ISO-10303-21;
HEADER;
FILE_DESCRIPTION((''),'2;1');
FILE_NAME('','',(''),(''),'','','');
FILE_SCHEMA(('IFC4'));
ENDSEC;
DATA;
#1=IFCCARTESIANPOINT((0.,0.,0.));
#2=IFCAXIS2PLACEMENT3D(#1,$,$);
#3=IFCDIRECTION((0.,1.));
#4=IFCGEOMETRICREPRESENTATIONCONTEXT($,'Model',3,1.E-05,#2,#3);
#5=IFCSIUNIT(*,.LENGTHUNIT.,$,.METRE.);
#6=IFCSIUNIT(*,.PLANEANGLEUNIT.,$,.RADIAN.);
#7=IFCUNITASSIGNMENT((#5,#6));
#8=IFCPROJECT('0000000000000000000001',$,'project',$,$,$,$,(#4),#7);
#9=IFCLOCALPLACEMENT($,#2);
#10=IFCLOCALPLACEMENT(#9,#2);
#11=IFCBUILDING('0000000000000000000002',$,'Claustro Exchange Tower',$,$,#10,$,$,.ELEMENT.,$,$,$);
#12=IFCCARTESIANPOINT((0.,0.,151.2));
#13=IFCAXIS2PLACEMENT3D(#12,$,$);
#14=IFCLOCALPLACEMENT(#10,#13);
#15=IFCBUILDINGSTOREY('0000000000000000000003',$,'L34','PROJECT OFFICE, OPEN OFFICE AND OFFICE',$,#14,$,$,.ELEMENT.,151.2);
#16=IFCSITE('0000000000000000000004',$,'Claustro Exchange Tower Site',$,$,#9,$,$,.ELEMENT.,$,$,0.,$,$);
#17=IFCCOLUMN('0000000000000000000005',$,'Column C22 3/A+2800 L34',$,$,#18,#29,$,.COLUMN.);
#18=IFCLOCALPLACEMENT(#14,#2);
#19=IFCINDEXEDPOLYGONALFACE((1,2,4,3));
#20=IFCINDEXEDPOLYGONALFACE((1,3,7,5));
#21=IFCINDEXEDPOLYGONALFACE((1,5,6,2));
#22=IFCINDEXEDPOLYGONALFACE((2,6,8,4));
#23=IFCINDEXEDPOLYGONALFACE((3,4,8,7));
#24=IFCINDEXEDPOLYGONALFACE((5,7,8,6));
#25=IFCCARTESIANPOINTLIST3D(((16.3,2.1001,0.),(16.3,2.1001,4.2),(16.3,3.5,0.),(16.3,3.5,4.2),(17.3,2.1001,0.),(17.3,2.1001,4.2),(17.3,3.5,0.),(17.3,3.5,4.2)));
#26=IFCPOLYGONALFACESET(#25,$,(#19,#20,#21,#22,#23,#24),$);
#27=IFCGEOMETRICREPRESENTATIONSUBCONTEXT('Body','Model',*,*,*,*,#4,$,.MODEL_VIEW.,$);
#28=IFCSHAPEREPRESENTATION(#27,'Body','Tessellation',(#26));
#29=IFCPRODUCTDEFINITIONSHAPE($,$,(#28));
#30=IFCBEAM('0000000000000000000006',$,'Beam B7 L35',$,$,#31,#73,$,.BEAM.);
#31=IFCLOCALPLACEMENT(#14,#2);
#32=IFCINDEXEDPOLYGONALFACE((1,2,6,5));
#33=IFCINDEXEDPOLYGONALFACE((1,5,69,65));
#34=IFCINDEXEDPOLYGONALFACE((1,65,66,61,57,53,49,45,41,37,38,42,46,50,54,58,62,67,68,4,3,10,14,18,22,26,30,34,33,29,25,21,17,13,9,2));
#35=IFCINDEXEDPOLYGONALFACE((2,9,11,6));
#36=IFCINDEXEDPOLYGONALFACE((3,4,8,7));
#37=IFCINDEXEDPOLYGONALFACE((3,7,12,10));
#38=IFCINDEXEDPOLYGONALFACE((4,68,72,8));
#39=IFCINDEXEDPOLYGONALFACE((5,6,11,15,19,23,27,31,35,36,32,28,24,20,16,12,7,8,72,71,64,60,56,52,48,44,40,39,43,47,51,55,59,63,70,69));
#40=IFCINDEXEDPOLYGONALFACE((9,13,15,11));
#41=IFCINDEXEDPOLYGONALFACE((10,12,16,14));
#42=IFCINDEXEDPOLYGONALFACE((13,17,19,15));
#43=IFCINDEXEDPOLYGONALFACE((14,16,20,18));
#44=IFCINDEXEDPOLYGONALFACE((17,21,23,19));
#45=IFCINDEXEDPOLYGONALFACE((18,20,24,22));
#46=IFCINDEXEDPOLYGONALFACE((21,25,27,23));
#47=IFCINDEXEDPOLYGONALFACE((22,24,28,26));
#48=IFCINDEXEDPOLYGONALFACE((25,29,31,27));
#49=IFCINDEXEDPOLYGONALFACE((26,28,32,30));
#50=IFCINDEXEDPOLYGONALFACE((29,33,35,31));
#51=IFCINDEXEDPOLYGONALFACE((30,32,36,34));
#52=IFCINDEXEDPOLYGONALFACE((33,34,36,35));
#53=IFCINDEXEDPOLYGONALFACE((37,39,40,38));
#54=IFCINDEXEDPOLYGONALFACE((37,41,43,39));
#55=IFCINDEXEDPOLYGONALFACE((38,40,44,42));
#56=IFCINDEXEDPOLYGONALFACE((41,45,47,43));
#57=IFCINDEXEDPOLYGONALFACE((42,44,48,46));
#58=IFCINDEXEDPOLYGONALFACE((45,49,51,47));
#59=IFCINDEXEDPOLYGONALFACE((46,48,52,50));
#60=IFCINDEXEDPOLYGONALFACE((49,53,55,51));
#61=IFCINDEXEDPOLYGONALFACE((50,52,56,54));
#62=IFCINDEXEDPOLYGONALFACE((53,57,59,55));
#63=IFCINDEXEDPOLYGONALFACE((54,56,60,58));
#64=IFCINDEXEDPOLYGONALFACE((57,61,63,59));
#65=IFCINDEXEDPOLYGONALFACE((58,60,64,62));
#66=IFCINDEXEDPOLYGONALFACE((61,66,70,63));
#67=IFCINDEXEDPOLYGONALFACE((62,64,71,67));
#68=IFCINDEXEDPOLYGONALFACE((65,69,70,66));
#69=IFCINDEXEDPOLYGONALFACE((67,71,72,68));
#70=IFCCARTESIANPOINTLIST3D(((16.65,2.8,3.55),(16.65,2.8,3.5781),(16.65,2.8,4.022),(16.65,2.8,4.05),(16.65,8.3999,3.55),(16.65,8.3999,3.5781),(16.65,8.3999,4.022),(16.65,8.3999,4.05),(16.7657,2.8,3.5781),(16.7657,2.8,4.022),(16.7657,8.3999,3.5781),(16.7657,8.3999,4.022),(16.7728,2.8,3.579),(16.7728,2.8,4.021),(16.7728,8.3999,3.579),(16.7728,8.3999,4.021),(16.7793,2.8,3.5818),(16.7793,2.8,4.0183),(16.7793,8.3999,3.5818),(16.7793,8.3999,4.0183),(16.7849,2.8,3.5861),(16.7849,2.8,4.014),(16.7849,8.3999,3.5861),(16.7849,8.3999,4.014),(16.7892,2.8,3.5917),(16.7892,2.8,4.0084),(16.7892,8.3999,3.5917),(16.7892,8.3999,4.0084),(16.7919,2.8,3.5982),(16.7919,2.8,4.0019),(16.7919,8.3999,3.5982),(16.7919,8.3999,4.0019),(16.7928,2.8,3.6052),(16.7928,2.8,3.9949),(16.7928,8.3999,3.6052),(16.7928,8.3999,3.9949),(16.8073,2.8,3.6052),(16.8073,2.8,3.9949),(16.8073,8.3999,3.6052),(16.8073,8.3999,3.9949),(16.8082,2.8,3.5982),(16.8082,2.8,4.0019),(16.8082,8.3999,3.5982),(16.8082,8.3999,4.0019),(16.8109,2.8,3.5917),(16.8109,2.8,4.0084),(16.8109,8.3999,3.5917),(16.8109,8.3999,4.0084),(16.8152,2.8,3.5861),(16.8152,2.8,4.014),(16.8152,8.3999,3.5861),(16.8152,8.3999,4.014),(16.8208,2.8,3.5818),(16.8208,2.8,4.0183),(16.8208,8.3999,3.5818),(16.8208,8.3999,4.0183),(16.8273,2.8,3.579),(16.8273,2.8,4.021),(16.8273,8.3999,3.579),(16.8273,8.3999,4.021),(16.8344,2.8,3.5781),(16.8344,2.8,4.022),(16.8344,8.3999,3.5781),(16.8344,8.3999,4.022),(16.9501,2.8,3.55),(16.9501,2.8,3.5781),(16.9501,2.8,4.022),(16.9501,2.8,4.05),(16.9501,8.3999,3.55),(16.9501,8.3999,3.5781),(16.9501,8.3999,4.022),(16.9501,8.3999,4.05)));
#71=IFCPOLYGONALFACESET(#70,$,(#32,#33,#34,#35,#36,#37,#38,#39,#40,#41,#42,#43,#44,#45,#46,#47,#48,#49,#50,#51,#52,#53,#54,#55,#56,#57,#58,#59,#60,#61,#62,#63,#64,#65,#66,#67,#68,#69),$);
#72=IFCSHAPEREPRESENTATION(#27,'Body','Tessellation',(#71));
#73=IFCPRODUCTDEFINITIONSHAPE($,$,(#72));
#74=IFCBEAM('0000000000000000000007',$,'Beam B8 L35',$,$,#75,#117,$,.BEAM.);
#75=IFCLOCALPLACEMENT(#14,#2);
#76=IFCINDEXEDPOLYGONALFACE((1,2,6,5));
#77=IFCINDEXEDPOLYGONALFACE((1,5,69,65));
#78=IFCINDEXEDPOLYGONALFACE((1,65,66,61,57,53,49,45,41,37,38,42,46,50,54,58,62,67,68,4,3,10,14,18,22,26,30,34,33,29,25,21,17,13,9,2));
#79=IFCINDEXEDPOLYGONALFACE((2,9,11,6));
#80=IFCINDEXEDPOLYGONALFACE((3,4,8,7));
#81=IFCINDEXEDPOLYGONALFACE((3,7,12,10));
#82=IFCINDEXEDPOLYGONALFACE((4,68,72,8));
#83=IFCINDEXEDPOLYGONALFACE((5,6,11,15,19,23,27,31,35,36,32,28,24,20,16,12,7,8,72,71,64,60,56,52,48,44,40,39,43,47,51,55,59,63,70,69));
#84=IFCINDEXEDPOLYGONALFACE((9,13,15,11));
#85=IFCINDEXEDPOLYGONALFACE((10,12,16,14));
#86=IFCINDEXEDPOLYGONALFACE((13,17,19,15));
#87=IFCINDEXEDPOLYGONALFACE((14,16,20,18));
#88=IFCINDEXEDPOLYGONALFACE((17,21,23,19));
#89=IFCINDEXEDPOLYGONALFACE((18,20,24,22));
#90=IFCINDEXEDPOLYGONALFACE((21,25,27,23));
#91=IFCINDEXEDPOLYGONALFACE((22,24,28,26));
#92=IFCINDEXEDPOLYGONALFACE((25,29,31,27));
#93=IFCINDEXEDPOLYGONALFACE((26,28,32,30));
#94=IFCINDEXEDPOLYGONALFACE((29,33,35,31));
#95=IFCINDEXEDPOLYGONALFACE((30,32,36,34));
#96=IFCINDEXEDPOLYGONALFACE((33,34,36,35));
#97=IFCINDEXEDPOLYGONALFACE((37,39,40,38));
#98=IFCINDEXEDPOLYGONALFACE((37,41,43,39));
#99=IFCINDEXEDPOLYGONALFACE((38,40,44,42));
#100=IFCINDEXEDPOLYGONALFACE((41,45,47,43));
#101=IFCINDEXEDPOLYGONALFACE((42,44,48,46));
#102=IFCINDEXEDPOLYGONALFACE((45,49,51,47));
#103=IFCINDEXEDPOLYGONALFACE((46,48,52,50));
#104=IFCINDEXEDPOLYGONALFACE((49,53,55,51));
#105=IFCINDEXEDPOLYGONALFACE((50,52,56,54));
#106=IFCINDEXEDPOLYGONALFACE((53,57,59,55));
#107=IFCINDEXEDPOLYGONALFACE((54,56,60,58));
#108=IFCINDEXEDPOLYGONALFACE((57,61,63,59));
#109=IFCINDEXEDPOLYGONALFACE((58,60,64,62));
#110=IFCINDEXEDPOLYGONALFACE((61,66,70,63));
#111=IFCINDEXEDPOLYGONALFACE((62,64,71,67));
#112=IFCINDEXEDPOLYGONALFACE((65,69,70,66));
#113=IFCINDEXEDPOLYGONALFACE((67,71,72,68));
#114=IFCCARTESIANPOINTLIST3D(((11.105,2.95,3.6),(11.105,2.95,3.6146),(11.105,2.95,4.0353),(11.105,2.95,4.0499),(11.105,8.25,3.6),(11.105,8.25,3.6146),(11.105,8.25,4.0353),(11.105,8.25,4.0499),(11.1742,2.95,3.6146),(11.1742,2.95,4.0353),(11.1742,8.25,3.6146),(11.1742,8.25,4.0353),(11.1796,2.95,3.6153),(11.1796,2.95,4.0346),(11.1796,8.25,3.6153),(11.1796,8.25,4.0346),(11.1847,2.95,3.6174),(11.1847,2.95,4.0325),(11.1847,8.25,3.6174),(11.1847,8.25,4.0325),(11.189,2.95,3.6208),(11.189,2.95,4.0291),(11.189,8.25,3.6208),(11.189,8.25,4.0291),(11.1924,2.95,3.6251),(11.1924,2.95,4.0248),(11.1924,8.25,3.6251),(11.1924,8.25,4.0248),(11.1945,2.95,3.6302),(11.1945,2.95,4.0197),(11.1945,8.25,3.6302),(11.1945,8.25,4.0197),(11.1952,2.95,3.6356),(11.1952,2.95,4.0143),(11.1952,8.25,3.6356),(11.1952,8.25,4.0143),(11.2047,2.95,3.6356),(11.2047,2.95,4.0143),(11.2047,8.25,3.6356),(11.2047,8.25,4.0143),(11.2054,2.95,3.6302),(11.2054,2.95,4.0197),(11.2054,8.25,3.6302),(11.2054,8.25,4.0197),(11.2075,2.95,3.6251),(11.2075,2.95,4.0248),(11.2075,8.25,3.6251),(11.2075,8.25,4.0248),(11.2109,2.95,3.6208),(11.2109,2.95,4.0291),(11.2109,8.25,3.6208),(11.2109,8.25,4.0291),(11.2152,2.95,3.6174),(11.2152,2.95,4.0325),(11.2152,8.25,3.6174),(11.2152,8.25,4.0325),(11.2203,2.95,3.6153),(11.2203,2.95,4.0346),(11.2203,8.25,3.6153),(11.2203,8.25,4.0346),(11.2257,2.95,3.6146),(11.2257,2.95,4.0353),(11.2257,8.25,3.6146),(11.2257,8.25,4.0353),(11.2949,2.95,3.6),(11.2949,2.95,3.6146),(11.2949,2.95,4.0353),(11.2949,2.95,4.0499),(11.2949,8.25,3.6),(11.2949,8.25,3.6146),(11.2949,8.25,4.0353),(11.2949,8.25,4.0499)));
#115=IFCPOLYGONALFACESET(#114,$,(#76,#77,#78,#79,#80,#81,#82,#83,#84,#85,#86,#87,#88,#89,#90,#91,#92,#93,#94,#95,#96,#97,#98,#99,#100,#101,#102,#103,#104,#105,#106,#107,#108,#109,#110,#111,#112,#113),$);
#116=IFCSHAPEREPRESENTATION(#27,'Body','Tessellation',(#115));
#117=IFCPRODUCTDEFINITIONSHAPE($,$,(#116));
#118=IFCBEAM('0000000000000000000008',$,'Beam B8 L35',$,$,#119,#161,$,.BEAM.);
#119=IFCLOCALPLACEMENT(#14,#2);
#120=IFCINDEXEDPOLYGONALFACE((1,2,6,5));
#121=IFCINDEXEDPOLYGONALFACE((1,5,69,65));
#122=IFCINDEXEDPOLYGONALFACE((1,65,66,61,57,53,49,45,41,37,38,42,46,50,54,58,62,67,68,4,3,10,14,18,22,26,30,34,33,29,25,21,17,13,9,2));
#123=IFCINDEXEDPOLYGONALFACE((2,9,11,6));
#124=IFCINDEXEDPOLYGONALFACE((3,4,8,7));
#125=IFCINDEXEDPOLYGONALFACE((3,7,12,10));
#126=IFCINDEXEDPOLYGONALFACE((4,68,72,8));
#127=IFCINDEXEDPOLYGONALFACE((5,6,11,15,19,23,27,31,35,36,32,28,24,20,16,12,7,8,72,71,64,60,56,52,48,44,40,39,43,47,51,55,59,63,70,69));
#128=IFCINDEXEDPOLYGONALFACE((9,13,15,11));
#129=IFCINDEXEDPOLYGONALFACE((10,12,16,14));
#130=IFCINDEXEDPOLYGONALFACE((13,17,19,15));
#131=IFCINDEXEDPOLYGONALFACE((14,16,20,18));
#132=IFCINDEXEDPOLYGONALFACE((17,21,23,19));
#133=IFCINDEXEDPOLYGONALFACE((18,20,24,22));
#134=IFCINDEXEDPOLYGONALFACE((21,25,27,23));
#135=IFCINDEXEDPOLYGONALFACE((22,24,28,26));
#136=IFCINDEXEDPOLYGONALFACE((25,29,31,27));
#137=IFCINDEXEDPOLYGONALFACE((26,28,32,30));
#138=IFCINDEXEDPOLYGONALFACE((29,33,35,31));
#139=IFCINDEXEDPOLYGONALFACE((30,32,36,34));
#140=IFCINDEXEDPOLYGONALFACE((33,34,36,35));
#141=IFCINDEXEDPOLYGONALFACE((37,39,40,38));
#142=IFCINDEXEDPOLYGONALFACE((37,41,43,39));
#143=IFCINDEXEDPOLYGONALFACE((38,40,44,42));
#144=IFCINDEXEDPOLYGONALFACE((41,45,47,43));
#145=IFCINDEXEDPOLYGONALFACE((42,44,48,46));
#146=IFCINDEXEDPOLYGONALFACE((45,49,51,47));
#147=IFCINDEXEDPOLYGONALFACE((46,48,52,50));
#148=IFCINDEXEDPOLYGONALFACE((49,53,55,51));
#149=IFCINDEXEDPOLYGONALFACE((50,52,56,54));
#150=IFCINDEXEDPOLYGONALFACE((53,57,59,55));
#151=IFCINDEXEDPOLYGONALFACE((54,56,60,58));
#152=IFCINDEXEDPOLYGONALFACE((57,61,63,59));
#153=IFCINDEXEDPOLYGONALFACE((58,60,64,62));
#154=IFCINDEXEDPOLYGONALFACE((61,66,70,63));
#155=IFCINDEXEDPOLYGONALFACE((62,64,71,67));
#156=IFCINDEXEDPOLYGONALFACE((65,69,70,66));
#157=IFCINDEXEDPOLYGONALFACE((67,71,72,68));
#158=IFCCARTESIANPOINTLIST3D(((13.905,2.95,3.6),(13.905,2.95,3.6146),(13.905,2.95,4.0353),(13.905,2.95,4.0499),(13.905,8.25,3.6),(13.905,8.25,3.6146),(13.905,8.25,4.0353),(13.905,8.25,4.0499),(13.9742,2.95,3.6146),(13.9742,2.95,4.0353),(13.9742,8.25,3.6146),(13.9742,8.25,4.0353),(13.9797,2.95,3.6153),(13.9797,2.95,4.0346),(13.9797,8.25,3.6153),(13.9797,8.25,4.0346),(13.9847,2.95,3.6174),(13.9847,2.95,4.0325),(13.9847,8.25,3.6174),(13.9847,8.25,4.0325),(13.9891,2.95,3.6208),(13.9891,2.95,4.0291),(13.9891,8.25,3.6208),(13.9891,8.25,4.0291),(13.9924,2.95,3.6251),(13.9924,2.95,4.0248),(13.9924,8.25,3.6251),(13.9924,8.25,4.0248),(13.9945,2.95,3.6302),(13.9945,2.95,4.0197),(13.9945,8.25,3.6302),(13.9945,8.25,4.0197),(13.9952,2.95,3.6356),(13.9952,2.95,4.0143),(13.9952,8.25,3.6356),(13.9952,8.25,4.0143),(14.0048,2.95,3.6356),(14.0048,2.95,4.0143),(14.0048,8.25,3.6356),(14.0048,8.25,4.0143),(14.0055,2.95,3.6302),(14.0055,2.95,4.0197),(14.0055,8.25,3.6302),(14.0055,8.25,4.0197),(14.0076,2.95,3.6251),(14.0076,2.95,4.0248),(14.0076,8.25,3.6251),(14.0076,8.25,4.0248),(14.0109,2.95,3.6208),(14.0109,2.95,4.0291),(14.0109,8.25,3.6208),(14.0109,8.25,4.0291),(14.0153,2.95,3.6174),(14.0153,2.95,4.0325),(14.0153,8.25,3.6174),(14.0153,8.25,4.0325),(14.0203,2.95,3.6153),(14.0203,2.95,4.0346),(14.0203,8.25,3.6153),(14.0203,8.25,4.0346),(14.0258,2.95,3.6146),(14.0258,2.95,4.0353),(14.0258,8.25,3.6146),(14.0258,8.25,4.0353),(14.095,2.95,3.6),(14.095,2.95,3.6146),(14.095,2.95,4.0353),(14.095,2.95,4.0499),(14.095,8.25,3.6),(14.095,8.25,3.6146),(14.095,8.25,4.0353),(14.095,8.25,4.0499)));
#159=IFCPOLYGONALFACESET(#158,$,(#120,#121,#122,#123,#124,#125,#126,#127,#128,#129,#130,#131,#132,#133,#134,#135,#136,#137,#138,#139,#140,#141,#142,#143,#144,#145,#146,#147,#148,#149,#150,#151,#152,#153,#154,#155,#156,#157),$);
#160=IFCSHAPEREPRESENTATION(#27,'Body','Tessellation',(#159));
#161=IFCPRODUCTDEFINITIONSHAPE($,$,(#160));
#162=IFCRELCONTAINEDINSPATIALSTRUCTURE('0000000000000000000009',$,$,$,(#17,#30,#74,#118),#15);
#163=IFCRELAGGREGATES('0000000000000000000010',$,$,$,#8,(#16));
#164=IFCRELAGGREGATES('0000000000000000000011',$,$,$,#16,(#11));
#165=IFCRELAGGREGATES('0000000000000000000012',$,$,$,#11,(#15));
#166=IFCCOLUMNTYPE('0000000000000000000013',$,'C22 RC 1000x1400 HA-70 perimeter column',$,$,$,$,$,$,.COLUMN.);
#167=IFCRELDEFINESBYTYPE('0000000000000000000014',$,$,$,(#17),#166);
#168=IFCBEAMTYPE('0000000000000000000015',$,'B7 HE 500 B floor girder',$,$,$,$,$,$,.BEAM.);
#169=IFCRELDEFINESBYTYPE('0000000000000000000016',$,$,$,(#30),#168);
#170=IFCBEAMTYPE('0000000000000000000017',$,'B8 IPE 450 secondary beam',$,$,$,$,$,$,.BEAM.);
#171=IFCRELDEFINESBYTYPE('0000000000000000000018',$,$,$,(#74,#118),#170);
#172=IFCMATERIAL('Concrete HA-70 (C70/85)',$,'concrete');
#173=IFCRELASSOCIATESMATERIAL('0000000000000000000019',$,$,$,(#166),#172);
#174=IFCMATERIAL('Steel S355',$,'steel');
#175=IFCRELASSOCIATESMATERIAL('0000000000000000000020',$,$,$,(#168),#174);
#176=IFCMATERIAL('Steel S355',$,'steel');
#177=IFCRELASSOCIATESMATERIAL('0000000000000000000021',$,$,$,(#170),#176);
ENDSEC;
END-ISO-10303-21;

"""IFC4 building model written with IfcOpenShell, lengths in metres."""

from ifc_helpers import new_model, si_unit, direction, frame, origin, origin_2d, place, context, subcontext, project, spatial, rectangle, i_section, extrude, material, material_profile, profile_set, type_object, element, save


model = new_model("IFC4")

# Units and contexts
model_context = context("Model", 3, precision=1e-05, world=origin(), true_north=direction((0.0, 1.0)))
body_context = subcontext(model_context, "Body", "Model", "MODEL_VIEW")
ifc_project = project(units=[si_unit("LENGTHUNIT", "METRE"), si_unit("PLANEANGLEUNIT", "RADIAN")], contexts=[model_context])

# Site, building, storey
site_placement = place(None, origin())
site = spatial("IfcSite", under=ifc_project, at=site_placement, Name="Claustro Exchange Tower Site", CompositionType="ELEMENT", RefElevation=0.0)
building_placement = place(site_placement, origin())
building = spatial("IfcBuilding", under=site, at=building_placement, Name="Claustro Exchange Tower", CompositionType="ELEMENT")
storey_placement = place(building_placement, frame((0.0, 0.0, 151.2)))
storey = spatial("IfcBuildingStorey", under=building, at=storey_placement, Name="L34", Description="PROJECT OFFICE, OPEN OFFICE AND OFFICE", CompositionType="ELEMENT", Elevation=151.2)

# Column
ifc_material_1 = material(Name="Concrete HA-70 (C70/85)", Category="concrete")
ifc_material_profile_1 = material_profile(ifc_material_1, rectangle(XDim=1.0, YDim=1.3999, at=origin_2d()), Name="RC 1000x1400")
ifc_profile_set_1 = profile_set([ifc_material_profile_1], Name="Concrete HA-70 (C70/85)")
column_type = type_object("IfcColumnType", Name="C22 RC 1000x1400 HA-70 perimeter column", PredefinedType="COLUMN", material=ifc_profile_set_1)
column_placement = place(storey_placement, frame((16.8, 2.8, 0.0), z_axis=(0.0, 0.0, 1.0), x_axis=(1.0, 0.0, 0.0)))
element("IfcColumn", 1, at=column_placement, inside=storey, type_object=column_type, Name="Column C22 3/A+2800 L34", PredefinedType="COLUMN", context=body_context, shape_type="SweptSolid", body=[
    extrude(rectangle(XDim=1.0, YDim=1.3999, at=origin_2d()), origin(), (0.0, 0.0, 1.0), 4.2),
])

# Beams
ifc_material_2 = material(Name="Steel S355", Category="steel")
ifc_material_profile_2 = material_profile(ifc_material_2, i_section(OverallWidth=0.3, OverallDepth=0.5, WebThickness=0.0144, FlangeThickness=0.0281, FilletRadius=0.0271, at=origin_2d()), Name="HE 500 B")
ifc_profile_set_2 = profile_set([ifc_material_profile_2], Name="Steel S355")
beam_type_1 = type_object("IfcBeamType", Name="B7 HE 500 B floor girder", PredefinedType="BEAM", material=ifc_profile_set_2)
beam_1_placement = place(storey_placement, frame((16.8, 2.8, 3.8), z_axis=(0.0, 1.0, 0.0), x_axis=(-1.0, 0.0, 0.0)))
element("IfcBeam", 2, at=beam_1_placement, inside=storey, type_object=beam_type_1, Name="Beam B7 L35", PredefinedType="BEAM", context=body_context, shape_type="SweptSolid", body=[
    extrude(i_section(OverallWidth=0.3, OverallDepth=0.5, WebThickness=0.0144, FlangeThickness=0.0281, FilletRadius=0.0271, at=origin_2d()), origin(), (0.0, 0.0, 1.0), 5.5999),
])
ifc_material_3 = material(Name="Steel S355", Category="steel")
ifc_material_profile_3 = material_profile(ifc_material_3, i_section(OverallWidth=0.1899, OverallDepth=0.45, WebThickness=0.0095, FlangeThickness=0.0146, FilletRadius=0.021, at=origin_2d()), Name="IPE 450")
ifc_profile_set_3 = profile_set([ifc_material_profile_3], Name="Steel S355")
beam_type_2 = type_object("IfcBeamType", Name="B8 IPE 450 secondary beam", PredefinedType="BEAM", material=ifc_profile_set_3)
for number, where, z_axis, x_axis, name in (
    (3, (11.2, 2.95, 3.825), (0.0, 1.0, 0.0), (-1.0, 0.0, 0.0), "Beam B8 L35"),
    (4, (14.0, 2.95, 3.825), (0.0, 1.0, 0.0), (-1.0, 0.0, 0.0), "Beam B8 L35"),
):
    element("IfcBeam", number, at=place(storey_placement, frame(where, z_axis=z_axis, x_axis=x_axis)), inside=storey, type_object=beam_type_2, Name=name, PredefinedType="BEAM", context=body_context, shape_type="SweptSolid", body=[
        extrude(i_section(OverallWidth=0.1899, OverallDepth=0.45, WebThickness=0.0095, FlangeThickness=0.0146, FilletRadius=0.021, at=origin_2d()), origin(), (0.0, 0.0, 1.0), 5.3),
    ])

save(model, "model.ifc")
